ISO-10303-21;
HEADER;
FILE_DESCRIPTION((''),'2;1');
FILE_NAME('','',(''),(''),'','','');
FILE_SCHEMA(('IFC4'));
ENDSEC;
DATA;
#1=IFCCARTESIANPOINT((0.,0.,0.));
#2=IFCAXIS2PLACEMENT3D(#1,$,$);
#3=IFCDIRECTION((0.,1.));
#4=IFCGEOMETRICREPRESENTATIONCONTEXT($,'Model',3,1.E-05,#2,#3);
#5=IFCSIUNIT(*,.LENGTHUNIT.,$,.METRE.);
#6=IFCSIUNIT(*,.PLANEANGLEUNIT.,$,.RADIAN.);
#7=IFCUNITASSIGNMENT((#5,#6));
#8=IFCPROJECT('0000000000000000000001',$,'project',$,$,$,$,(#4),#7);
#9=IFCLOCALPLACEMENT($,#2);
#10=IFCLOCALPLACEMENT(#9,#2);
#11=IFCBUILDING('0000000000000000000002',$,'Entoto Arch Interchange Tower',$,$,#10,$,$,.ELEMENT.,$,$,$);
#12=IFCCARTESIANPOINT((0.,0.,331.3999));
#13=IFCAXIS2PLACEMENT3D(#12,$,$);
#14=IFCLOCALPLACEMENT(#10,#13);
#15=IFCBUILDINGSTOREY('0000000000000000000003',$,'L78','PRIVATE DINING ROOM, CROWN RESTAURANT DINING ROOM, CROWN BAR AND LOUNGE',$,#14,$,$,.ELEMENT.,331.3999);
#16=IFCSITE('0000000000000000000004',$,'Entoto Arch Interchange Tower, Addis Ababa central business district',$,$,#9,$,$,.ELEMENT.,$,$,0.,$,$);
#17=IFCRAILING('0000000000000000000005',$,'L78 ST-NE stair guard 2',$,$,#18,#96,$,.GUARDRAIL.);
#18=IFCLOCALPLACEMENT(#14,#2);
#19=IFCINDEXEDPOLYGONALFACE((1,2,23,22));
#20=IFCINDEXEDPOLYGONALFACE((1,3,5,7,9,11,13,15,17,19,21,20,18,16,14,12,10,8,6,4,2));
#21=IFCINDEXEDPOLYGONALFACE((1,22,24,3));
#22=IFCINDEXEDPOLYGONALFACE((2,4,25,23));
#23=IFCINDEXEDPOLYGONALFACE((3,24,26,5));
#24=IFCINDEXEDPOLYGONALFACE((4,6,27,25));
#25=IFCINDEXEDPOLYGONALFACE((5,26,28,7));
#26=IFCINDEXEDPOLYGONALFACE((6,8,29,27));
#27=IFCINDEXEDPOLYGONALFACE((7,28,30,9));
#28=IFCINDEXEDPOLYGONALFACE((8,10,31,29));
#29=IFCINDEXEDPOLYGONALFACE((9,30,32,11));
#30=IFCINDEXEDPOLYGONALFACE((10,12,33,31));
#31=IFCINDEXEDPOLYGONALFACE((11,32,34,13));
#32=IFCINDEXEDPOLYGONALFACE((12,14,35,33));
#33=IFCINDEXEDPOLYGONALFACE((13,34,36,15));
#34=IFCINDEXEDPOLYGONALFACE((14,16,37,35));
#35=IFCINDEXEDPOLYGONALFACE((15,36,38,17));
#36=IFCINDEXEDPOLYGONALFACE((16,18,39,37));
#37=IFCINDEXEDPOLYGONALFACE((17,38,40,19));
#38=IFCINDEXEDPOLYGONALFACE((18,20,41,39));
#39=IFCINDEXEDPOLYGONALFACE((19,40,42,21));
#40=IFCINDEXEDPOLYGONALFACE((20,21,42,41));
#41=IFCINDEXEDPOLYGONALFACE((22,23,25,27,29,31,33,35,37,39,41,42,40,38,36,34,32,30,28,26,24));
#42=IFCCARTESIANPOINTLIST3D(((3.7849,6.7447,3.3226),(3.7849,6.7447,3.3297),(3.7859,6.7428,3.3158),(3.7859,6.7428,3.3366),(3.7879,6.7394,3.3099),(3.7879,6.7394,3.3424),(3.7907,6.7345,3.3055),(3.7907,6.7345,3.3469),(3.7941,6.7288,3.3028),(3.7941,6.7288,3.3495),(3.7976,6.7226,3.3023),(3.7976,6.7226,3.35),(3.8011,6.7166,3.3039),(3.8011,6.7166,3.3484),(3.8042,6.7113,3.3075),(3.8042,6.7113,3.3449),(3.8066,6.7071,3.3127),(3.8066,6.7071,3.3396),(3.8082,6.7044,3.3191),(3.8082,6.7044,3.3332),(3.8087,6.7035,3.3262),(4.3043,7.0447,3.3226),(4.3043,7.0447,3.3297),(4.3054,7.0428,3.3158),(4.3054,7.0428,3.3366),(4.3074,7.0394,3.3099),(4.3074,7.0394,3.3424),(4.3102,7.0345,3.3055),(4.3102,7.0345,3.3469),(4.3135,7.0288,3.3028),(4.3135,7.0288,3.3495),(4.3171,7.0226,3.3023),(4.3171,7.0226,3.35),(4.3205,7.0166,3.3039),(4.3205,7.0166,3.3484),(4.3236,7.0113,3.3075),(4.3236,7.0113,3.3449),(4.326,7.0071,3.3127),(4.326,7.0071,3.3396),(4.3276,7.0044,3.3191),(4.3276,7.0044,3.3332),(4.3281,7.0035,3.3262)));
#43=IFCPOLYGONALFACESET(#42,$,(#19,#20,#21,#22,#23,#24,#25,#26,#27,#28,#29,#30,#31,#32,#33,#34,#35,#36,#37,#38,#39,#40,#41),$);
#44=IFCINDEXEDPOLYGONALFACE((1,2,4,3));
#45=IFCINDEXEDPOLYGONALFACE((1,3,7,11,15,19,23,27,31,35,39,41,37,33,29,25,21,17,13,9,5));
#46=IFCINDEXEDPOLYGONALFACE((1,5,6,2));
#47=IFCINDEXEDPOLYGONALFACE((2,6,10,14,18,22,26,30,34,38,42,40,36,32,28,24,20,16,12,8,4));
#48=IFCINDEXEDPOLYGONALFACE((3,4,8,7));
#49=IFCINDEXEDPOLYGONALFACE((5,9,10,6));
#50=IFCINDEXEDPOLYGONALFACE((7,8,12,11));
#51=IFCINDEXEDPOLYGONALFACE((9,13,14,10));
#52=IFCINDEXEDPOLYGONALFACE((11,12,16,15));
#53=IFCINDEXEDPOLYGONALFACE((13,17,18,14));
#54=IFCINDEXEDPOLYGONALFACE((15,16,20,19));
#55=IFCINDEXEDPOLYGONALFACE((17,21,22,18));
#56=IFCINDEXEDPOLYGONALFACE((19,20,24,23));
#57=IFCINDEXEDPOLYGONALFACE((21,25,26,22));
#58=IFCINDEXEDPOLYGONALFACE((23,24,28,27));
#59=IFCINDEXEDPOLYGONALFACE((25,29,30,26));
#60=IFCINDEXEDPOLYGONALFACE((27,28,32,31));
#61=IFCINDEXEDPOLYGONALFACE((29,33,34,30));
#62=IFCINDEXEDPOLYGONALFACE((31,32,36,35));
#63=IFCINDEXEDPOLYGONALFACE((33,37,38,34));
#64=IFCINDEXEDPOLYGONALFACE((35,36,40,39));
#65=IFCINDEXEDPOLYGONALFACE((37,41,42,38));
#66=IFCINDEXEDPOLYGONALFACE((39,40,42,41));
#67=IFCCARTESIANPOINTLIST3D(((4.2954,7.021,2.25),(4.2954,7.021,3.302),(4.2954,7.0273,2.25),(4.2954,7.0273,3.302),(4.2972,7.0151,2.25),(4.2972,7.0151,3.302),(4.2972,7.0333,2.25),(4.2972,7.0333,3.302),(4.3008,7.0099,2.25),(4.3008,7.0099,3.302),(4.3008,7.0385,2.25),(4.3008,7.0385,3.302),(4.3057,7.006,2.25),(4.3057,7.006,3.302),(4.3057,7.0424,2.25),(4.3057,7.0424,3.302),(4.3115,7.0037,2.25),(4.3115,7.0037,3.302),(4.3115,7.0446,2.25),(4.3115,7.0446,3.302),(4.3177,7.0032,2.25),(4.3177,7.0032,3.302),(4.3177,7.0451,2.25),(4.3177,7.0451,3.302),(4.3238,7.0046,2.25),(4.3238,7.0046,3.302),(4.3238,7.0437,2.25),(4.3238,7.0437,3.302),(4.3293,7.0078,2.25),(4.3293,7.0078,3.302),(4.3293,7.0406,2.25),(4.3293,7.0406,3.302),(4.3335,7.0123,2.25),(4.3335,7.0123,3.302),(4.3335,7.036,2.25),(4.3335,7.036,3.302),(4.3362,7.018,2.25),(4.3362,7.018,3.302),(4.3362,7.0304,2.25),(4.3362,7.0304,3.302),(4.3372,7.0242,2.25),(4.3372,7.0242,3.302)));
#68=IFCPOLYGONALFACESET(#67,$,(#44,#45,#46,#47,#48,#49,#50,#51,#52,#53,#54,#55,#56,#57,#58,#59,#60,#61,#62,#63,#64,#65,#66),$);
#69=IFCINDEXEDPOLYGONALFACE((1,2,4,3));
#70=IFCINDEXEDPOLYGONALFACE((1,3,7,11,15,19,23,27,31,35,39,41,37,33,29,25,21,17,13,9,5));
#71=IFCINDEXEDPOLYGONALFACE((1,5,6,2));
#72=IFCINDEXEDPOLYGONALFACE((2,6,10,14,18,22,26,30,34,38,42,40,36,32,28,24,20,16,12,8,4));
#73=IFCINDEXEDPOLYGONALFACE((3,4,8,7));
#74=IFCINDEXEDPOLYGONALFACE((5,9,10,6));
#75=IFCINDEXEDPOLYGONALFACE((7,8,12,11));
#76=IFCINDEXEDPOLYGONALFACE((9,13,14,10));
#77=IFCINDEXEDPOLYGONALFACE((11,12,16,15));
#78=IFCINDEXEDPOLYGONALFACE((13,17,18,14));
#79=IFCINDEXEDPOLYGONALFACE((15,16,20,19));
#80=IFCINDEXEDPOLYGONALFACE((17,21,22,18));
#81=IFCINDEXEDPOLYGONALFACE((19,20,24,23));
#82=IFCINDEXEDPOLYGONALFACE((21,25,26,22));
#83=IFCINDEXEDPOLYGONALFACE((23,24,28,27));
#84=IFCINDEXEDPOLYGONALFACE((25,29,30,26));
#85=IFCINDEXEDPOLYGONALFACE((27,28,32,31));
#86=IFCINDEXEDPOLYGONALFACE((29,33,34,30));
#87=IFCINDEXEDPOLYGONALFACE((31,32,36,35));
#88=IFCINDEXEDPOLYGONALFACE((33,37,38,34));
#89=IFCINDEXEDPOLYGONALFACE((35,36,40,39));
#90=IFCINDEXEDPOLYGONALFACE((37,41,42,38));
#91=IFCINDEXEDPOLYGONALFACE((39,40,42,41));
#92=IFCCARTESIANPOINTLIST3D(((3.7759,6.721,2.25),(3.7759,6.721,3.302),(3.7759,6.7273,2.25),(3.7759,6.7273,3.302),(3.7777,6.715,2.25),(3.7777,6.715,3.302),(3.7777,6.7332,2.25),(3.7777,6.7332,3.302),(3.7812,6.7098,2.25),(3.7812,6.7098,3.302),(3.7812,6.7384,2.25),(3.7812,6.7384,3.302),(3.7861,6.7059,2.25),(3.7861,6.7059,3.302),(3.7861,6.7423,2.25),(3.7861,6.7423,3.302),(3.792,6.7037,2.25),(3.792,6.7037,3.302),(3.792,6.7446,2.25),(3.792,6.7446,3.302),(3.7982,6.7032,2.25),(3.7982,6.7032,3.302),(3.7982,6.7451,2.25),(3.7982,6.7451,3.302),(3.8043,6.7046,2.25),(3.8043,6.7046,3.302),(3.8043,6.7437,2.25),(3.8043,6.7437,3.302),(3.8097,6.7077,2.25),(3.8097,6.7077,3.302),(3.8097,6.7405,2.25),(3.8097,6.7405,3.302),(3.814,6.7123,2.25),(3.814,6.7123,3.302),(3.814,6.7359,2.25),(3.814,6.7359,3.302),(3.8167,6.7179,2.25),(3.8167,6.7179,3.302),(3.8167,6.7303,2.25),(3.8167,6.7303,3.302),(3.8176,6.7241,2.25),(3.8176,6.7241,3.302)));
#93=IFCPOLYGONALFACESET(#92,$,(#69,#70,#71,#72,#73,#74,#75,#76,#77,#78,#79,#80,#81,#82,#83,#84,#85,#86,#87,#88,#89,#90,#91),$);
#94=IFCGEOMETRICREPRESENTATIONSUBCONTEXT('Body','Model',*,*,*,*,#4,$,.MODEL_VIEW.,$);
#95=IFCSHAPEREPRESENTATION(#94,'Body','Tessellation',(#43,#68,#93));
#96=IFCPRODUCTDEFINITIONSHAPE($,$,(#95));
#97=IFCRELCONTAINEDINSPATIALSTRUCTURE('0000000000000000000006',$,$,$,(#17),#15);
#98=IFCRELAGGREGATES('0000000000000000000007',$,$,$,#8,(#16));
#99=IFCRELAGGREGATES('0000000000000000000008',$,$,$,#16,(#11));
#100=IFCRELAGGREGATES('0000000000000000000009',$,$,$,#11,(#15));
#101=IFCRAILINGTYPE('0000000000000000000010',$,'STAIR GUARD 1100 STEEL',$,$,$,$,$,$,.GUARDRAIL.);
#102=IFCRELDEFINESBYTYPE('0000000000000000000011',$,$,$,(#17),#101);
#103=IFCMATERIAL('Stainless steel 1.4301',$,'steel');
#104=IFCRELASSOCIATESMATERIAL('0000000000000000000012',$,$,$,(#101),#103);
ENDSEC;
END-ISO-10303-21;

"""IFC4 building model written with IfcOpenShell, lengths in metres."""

from ifc_helpers import new_model, si_unit, direction, frame, origin, origin_2d, place, context, subcontext, project, spatial, circle, extrude, material, type_object, element, save


model = new_model("IFC4")

# Units and contexts
model_context = context("Model", 3, precision=1e-05, world=origin(), true_north=direction((0.0, 1.0)))
body_context = subcontext(model_context, "Body", "Model", "MODEL_VIEW")
ifc_project = project(units=[si_unit("LENGTHUNIT", "METRE"), si_unit("PLANEANGLEUNIT", "RADIAN")], contexts=[model_context])

# Site, building, storey
site_placement = place(None, origin())
site = spatial("IfcSite", under=ifc_project, at=site_placement, Name="Entoto Arch Interchange Tower, Addis Ababa central business district", CompositionType="ELEMENT", RefElevation=0.0)
building_placement = place(site_placement, origin())
building = spatial("IfcBuilding", under=site, at=building_placement, Name="Entoto Arch Interchange Tower", CompositionType="ELEMENT")
storey_placement = place(building_placement, frame((0.0, 0.0, 331.3999)))
storey = spatial("IfcBuildingStorey", under=building, at=storey_placement, Name="L78", Description="PRIVATE DINING ROOM, CROWN RESTAURANT DINING ROOM, CROWN BAR AND LOUNGE", CompositionType="ELEMENT", Elevation=331.3999)

# Railing
ifc_material_1 = material(Name="Stainless steel 1.4301", Category="steel")
railing_type_1 = type_object("IfcRailingType", Name="STAIR GUARD 1100 STEEL", PredefinedType="GUARDRAIL", material=ifc_material_1)
railing_1_placement = place(storey_placement, frame((4.3162, 7.0242, 2.25)))
element("IfcRailing", 1, at=railing_1_placement, inside=storey, type_object=railing_type_1, Name="L78 ST-NE stair guard 2", PredefinedType="GUARDRAIL", context=body_context, shape_type="SweptSolid", body=[
    extrude(circle(Radius=0.0239, at=origin_2d()), frame((0.0, 0.0, 1.0762), z_axis=(-0.865955, -0.500122, 0.0), x_axis=(0.500122, -0.865955, 0.0)), (0.0, 0.0, 1.0), 0.5999),
    extrude(circle(Radius=0.021, at=origin_2d()), origin(), (0.0, 0.0, 1.0), 1.052),
    extrude(circle(Radius=0.021, at=origin_2d()), frame((-0.5195, -0.3, 0.0)), (0.0, 0.0, 1.0), 1.052),
])

save(model, "model.ifc")
